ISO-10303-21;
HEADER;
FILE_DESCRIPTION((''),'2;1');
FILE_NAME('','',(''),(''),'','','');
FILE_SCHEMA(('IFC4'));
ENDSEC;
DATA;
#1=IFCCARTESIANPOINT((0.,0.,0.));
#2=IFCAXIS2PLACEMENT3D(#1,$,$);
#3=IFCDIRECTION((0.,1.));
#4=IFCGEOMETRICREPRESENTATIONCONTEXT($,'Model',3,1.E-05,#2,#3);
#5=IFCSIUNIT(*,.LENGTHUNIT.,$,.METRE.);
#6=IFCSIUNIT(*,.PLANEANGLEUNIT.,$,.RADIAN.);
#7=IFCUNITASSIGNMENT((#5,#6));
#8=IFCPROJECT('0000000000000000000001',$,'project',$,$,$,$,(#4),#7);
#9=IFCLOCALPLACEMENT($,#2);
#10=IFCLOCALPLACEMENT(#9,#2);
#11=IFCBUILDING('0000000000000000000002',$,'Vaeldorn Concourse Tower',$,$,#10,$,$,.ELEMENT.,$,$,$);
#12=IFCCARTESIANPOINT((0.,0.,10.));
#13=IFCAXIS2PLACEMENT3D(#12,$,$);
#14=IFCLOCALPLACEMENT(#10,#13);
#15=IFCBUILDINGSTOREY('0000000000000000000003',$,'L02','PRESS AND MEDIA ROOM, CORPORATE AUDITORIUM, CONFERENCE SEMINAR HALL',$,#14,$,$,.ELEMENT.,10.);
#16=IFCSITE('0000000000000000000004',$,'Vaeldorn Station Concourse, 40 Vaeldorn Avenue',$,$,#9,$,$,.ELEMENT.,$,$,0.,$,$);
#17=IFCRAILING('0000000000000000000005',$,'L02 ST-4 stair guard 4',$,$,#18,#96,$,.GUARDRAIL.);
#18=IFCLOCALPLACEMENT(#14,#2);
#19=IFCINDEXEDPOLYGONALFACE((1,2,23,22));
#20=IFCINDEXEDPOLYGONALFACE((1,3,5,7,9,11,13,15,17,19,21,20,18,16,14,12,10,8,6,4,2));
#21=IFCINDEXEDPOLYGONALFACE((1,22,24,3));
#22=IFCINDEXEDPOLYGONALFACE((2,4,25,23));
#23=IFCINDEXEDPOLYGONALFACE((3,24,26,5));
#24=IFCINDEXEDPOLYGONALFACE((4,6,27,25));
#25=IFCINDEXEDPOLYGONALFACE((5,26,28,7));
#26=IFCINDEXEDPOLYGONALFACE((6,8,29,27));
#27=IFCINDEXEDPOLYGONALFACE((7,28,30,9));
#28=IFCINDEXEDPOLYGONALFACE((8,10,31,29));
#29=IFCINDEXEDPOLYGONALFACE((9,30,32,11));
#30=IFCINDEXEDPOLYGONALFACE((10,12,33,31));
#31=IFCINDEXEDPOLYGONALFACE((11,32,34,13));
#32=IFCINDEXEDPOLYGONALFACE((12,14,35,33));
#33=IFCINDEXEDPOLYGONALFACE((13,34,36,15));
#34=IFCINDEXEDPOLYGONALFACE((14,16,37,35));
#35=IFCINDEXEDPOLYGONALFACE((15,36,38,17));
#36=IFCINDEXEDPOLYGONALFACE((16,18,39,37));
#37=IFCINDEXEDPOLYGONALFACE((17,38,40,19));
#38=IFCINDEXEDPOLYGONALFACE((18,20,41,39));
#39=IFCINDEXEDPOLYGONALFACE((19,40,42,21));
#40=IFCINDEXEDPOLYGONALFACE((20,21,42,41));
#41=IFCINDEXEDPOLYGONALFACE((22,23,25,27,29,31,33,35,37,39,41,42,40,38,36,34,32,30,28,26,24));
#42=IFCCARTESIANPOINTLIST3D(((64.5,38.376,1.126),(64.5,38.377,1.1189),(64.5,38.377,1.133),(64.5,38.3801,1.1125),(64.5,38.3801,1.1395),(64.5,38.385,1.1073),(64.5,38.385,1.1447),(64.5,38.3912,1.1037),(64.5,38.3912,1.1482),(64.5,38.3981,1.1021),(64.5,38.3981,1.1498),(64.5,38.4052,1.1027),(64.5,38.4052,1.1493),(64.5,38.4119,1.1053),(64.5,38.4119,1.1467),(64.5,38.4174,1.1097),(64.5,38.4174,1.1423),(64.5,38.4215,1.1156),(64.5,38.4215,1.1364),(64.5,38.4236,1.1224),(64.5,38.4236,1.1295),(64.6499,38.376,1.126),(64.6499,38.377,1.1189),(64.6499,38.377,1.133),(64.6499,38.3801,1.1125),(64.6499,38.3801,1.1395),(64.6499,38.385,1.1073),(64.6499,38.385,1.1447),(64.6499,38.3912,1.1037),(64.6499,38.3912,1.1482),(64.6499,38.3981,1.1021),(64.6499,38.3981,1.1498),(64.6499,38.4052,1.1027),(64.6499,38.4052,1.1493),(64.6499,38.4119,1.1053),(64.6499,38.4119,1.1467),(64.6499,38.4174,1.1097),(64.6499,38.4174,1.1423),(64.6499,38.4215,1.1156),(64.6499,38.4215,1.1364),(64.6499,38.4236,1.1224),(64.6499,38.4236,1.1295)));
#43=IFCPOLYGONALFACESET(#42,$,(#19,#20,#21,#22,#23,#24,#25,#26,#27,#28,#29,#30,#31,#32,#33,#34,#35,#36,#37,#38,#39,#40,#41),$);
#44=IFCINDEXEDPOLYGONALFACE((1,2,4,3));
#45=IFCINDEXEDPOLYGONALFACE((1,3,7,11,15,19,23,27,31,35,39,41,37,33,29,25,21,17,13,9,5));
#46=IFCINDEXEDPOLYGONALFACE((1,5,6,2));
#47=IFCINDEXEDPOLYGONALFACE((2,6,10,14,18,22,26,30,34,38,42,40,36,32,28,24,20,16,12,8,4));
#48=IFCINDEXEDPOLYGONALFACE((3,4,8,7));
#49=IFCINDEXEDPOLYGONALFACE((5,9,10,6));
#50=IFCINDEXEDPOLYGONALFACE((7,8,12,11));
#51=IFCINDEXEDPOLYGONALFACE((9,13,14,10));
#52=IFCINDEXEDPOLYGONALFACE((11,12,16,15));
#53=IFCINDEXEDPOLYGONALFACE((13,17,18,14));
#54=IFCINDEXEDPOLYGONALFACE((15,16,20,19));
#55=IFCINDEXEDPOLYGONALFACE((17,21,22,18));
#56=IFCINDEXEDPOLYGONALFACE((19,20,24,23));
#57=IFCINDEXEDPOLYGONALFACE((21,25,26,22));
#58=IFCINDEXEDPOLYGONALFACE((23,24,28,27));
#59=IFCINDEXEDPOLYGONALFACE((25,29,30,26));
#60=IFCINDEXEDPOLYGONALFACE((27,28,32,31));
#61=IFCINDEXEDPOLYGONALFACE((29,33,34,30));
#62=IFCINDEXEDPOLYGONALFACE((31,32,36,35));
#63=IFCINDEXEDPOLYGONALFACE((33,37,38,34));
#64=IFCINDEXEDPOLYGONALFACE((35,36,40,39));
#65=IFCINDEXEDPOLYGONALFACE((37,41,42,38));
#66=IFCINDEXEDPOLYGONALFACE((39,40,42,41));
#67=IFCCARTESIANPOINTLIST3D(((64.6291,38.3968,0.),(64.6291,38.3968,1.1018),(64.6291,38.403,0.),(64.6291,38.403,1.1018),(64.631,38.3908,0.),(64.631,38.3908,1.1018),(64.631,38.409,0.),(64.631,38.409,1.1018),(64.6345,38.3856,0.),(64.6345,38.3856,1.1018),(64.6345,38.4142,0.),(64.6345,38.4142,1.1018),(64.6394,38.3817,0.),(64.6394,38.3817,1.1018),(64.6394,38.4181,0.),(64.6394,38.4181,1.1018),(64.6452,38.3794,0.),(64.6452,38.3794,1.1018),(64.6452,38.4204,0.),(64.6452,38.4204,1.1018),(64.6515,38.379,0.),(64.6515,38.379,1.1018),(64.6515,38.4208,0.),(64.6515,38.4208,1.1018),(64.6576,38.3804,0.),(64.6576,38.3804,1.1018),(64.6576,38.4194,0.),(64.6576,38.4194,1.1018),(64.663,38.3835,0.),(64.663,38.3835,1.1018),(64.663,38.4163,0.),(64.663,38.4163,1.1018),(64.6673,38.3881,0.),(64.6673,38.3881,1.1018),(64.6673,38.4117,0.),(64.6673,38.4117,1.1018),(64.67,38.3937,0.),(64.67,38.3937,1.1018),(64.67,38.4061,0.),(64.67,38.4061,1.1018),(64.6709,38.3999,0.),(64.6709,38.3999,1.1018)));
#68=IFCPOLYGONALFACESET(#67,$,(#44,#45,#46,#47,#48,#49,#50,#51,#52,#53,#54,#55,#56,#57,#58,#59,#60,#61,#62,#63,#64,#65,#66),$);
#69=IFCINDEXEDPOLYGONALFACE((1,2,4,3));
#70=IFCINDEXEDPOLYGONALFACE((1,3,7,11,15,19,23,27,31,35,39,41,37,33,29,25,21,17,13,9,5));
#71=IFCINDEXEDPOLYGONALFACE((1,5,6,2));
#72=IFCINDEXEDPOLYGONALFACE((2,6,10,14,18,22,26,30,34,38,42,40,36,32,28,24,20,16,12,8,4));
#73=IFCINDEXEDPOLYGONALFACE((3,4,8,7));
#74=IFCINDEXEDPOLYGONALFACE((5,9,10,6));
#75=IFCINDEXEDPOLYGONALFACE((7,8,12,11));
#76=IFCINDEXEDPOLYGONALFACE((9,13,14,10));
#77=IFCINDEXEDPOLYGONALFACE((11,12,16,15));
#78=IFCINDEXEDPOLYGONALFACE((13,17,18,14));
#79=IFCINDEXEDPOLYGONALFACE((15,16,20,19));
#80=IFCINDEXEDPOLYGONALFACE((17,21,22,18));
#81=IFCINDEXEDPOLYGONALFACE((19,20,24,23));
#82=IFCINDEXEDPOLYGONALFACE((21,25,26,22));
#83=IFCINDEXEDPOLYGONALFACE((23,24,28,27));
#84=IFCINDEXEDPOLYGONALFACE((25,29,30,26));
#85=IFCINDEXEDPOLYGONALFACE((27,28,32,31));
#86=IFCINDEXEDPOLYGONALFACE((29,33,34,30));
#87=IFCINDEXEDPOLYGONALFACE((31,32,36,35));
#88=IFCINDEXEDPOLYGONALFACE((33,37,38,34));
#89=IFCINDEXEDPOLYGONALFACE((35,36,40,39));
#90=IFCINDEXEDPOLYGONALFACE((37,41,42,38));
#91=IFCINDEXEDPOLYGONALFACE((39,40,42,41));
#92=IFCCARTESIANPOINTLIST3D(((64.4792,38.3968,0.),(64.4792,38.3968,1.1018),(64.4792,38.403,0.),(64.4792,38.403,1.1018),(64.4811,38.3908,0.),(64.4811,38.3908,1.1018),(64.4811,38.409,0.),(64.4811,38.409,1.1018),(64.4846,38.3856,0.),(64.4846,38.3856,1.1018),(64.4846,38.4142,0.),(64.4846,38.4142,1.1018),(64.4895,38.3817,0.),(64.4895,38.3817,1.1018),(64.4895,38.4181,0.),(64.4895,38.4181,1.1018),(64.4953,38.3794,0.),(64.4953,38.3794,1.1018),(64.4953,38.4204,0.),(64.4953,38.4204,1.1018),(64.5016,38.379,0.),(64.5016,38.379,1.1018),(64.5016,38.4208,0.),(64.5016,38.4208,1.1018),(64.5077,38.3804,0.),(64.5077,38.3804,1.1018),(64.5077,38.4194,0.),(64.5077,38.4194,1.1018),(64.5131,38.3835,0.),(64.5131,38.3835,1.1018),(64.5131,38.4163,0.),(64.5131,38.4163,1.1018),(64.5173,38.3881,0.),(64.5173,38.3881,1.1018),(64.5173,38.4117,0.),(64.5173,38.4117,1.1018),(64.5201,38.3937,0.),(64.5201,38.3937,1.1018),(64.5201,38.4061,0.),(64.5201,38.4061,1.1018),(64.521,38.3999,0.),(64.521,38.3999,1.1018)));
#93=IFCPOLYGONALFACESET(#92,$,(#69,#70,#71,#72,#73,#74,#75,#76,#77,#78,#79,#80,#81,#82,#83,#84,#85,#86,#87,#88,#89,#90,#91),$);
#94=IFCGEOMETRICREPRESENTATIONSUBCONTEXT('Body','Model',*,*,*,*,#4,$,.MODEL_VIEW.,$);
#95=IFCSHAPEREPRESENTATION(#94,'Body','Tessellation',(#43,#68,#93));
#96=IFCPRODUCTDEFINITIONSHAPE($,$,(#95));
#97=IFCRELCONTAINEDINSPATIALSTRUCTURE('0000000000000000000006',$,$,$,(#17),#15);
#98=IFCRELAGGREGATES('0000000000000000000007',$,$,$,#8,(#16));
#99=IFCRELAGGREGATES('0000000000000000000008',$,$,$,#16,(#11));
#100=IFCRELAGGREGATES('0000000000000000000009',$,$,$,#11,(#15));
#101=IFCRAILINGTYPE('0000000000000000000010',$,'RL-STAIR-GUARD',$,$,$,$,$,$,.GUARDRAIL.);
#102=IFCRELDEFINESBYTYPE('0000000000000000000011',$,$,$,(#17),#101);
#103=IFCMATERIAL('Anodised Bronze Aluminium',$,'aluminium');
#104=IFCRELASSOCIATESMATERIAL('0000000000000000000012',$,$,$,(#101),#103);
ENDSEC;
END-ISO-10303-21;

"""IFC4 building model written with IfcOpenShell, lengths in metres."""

from ifc_helpers import new_model, si_unit, direction, frame, origin, origin_2d, place, context, subcontext, project, spatial, circle, extrude, material, type_object, element, save


model = new_model("IFC4")

# Units and contexts
model_context = context("Model", 3, precision=1e-05, world=origin(), true_north=direction((0.0, 1.0)))
body_context = subcontext(model_context, "Body", "Model", "MODEL_VIEW")
ifc_project = project(units=[si_unit("LENGTHUNIT", "METRE"), si_unit("PLANEANGLEUNIT", "RADIAN")], contexts=[model_context])

# Site, building, storey
site_placement = place(None, origin())
site = spatial("IfcSite", under=ifc_project, at=site_placement, Name="Vaeldorn Station Concourse, 40 Vaeldorn Avenue", CompositionType="ELEMENT", RefElevation=0.0)
building_placement = place(site_placement, origin())
building = spatial("IfcBuilding", under=site, at=building_placement, Name="Vaeldorn Concourse Tower", CompositionType="ELEMENT")
storey_placement = place(building_placement, frame((0.0, 0.0, 10.0)))
storey = spatial("IfcBuildingStorey", under=building, at=storey_placement, Name="L02", Description="PRESS AND MEDIA ROOM, CORPORATE AUDITORIUM, CONFERENCE SEMINAR HALL", CompositionType="ELEMENT", Elevation=10.0)

# Shared definitions
ifc_material_1 = material(Name="Anodised Bronze Aluminium", Category="aluminium")

# Railing
railing_type_1 = type_object("IfcRailingType", Name="RL-STAIR-GUARD", PredefinedType="GUARDRAIL", material=ifc_material_1)
railing_1_placement = place(storey_placement, frame((64.6499, 38.3999, 0.0)))
element("IfcRailing", 1, at=railing_1_placement, inside=storey, type_object=railing_type_1, Name="L02 ST-4 stair guard 4", PredefinedType="GUARDRAIL", context=body_context, shape_type="SweptSolid", body=[
    extrude(circle(Radius=0.0239, at=origin_2d()), frame((0.0, 0.0, 1.126), z_axis=(-1.0, 0.0, 0.0), x_axis=(0.0, -1.0, 0.0)), (0.0, 0.0, 1.0), 0.1499),
    extrude(circle(Radius=0.021, at=origin_2d()), origin(), (0.0, 0.0, 1.0), 1.1018),
    extrude(circle(Radius=0.021, at=origin_2d()), frame((-0.1499, 0.0, 0.0)), (0.0, 0.0, 1.0), 1.1018),
])

save(model, "model.ifc")
